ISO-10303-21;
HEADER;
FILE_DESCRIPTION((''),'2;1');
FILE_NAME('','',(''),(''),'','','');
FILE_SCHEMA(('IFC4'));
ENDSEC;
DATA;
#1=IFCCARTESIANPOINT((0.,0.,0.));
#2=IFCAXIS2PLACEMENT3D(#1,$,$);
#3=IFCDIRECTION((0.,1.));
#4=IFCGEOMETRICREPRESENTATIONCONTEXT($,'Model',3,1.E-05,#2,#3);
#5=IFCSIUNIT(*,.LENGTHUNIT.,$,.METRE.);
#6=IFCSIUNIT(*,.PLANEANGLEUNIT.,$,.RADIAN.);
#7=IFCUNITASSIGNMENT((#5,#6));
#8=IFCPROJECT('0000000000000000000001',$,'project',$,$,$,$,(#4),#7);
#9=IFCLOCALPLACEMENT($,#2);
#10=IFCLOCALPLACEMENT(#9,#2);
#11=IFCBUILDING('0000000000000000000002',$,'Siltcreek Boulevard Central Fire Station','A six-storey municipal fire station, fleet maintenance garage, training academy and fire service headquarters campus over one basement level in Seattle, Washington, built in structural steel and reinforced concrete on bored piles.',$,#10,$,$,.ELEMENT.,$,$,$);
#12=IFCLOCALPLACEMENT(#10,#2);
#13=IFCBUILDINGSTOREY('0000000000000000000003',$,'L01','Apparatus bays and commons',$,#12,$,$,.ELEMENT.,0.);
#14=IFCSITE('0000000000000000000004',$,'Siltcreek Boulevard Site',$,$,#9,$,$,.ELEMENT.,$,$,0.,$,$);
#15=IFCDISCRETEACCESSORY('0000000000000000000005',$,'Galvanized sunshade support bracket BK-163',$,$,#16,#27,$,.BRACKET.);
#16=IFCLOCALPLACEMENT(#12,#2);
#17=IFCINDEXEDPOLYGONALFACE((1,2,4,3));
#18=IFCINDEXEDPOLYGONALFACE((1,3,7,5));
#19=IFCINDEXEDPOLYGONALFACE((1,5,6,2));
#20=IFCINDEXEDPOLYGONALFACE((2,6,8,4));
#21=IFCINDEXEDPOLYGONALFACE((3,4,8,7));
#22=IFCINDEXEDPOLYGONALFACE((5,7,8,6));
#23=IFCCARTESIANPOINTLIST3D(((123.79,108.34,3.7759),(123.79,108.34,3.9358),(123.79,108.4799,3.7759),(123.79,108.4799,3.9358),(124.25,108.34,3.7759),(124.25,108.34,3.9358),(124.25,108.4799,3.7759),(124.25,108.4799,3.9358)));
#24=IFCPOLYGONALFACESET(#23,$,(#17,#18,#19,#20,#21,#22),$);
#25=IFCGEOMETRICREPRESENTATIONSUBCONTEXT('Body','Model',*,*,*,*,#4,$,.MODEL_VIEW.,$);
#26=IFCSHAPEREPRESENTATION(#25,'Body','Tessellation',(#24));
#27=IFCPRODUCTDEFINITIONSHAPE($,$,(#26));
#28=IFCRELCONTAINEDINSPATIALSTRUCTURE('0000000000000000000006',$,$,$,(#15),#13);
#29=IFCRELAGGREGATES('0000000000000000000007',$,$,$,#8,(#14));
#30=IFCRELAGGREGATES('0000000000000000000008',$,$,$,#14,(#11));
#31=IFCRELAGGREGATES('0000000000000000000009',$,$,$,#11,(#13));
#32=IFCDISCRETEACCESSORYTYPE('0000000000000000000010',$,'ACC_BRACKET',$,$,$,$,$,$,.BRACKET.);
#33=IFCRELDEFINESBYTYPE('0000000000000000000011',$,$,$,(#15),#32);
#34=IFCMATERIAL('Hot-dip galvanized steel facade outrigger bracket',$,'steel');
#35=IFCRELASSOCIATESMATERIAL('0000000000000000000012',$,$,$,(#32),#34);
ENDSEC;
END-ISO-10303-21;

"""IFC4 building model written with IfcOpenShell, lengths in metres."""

from ifc_helpers import new_model, si_unit, direction, frame, origin, origin_2d, place, context, subcontext, project, spatial, rectangle, extrude, material, type_object, element, save


model = new_model("IFC4")

# Units and contexts
model_context = context("Model", 3, precision=1e-05, world=origin(), true_north=direction((0.0, 1.0)))
body_context = subcontext(model_context, "Body", "Model", "MODEL_VIEW")
ifc_project = project(units=[si_unit("LENGTHUNIT", "METRE"), si_unit("PLANEANGLEUNIT", "RADIAN")], contexts=[model_context])

# Site, building, storey
site_placement = place(None, origin())
site = spatial("IfcSite", under=ifc_project, at=site_placement, Name="Siltcreek Boulevard Site", CompositionType="ELEMENT", RefElevation=0.0)
building_placement = place(site_placement, origin())
building = spatial("IfcBuilding", under=site, at=building_placement, Name="Siltcreek Boulevard Central Fire Station", Description="A six-storey municipal fire station, fleet maintenance garage, training academy and fire service headquarters campus over one basement level in Seattle, Washington, built in structural steel and reinforced concrete on bored piles.", CompositionType="ELEMENT")
storey_placement = place(building_placement, origin())
storey = spatial("IfcBuildingStorey", under=building, at=storey_placement, Name="L01", Description="Apparatus bays and commons", CompositionType="ELEMENT", Elevation=0.0)

# Discrete accessory
ifc_material_1 = material(Name="Hot-dip galvanized steel facade outrigger bracket", Category="steel")
discrete_accessory_type = type_object("IfcDiscreteAccessoryType", Name="ACC_BRACKET", PredefinedType="BRACKET", material=ifc_material_1)
for number, where, z_axis, x_axis, name in (
    (1, (124.02, 108.4099, 3.7759), (0.0, 0.0, 1.0), (0.0, -1.0, 0.0), "Galvanized sunshade support bracket BK-163"),
):
    element("IfcDiscreteAccessory", number, at=place(storey_placement, frame(where, z_axis=z_axis, x_axis=x_axis)), inside=storey, type_object=discrete_accessory_type, Name=name, PredefinedType="BRACKET", context=body_context, shape_type="SweptSolid", body=[
        extrude(rectangle(XDim=0.1399, YDim=0.46, at=origin_2d()), origin(), (0.0, 0.0, 1.0), 0.1599),
    ])

save(model, "model.ifc")
